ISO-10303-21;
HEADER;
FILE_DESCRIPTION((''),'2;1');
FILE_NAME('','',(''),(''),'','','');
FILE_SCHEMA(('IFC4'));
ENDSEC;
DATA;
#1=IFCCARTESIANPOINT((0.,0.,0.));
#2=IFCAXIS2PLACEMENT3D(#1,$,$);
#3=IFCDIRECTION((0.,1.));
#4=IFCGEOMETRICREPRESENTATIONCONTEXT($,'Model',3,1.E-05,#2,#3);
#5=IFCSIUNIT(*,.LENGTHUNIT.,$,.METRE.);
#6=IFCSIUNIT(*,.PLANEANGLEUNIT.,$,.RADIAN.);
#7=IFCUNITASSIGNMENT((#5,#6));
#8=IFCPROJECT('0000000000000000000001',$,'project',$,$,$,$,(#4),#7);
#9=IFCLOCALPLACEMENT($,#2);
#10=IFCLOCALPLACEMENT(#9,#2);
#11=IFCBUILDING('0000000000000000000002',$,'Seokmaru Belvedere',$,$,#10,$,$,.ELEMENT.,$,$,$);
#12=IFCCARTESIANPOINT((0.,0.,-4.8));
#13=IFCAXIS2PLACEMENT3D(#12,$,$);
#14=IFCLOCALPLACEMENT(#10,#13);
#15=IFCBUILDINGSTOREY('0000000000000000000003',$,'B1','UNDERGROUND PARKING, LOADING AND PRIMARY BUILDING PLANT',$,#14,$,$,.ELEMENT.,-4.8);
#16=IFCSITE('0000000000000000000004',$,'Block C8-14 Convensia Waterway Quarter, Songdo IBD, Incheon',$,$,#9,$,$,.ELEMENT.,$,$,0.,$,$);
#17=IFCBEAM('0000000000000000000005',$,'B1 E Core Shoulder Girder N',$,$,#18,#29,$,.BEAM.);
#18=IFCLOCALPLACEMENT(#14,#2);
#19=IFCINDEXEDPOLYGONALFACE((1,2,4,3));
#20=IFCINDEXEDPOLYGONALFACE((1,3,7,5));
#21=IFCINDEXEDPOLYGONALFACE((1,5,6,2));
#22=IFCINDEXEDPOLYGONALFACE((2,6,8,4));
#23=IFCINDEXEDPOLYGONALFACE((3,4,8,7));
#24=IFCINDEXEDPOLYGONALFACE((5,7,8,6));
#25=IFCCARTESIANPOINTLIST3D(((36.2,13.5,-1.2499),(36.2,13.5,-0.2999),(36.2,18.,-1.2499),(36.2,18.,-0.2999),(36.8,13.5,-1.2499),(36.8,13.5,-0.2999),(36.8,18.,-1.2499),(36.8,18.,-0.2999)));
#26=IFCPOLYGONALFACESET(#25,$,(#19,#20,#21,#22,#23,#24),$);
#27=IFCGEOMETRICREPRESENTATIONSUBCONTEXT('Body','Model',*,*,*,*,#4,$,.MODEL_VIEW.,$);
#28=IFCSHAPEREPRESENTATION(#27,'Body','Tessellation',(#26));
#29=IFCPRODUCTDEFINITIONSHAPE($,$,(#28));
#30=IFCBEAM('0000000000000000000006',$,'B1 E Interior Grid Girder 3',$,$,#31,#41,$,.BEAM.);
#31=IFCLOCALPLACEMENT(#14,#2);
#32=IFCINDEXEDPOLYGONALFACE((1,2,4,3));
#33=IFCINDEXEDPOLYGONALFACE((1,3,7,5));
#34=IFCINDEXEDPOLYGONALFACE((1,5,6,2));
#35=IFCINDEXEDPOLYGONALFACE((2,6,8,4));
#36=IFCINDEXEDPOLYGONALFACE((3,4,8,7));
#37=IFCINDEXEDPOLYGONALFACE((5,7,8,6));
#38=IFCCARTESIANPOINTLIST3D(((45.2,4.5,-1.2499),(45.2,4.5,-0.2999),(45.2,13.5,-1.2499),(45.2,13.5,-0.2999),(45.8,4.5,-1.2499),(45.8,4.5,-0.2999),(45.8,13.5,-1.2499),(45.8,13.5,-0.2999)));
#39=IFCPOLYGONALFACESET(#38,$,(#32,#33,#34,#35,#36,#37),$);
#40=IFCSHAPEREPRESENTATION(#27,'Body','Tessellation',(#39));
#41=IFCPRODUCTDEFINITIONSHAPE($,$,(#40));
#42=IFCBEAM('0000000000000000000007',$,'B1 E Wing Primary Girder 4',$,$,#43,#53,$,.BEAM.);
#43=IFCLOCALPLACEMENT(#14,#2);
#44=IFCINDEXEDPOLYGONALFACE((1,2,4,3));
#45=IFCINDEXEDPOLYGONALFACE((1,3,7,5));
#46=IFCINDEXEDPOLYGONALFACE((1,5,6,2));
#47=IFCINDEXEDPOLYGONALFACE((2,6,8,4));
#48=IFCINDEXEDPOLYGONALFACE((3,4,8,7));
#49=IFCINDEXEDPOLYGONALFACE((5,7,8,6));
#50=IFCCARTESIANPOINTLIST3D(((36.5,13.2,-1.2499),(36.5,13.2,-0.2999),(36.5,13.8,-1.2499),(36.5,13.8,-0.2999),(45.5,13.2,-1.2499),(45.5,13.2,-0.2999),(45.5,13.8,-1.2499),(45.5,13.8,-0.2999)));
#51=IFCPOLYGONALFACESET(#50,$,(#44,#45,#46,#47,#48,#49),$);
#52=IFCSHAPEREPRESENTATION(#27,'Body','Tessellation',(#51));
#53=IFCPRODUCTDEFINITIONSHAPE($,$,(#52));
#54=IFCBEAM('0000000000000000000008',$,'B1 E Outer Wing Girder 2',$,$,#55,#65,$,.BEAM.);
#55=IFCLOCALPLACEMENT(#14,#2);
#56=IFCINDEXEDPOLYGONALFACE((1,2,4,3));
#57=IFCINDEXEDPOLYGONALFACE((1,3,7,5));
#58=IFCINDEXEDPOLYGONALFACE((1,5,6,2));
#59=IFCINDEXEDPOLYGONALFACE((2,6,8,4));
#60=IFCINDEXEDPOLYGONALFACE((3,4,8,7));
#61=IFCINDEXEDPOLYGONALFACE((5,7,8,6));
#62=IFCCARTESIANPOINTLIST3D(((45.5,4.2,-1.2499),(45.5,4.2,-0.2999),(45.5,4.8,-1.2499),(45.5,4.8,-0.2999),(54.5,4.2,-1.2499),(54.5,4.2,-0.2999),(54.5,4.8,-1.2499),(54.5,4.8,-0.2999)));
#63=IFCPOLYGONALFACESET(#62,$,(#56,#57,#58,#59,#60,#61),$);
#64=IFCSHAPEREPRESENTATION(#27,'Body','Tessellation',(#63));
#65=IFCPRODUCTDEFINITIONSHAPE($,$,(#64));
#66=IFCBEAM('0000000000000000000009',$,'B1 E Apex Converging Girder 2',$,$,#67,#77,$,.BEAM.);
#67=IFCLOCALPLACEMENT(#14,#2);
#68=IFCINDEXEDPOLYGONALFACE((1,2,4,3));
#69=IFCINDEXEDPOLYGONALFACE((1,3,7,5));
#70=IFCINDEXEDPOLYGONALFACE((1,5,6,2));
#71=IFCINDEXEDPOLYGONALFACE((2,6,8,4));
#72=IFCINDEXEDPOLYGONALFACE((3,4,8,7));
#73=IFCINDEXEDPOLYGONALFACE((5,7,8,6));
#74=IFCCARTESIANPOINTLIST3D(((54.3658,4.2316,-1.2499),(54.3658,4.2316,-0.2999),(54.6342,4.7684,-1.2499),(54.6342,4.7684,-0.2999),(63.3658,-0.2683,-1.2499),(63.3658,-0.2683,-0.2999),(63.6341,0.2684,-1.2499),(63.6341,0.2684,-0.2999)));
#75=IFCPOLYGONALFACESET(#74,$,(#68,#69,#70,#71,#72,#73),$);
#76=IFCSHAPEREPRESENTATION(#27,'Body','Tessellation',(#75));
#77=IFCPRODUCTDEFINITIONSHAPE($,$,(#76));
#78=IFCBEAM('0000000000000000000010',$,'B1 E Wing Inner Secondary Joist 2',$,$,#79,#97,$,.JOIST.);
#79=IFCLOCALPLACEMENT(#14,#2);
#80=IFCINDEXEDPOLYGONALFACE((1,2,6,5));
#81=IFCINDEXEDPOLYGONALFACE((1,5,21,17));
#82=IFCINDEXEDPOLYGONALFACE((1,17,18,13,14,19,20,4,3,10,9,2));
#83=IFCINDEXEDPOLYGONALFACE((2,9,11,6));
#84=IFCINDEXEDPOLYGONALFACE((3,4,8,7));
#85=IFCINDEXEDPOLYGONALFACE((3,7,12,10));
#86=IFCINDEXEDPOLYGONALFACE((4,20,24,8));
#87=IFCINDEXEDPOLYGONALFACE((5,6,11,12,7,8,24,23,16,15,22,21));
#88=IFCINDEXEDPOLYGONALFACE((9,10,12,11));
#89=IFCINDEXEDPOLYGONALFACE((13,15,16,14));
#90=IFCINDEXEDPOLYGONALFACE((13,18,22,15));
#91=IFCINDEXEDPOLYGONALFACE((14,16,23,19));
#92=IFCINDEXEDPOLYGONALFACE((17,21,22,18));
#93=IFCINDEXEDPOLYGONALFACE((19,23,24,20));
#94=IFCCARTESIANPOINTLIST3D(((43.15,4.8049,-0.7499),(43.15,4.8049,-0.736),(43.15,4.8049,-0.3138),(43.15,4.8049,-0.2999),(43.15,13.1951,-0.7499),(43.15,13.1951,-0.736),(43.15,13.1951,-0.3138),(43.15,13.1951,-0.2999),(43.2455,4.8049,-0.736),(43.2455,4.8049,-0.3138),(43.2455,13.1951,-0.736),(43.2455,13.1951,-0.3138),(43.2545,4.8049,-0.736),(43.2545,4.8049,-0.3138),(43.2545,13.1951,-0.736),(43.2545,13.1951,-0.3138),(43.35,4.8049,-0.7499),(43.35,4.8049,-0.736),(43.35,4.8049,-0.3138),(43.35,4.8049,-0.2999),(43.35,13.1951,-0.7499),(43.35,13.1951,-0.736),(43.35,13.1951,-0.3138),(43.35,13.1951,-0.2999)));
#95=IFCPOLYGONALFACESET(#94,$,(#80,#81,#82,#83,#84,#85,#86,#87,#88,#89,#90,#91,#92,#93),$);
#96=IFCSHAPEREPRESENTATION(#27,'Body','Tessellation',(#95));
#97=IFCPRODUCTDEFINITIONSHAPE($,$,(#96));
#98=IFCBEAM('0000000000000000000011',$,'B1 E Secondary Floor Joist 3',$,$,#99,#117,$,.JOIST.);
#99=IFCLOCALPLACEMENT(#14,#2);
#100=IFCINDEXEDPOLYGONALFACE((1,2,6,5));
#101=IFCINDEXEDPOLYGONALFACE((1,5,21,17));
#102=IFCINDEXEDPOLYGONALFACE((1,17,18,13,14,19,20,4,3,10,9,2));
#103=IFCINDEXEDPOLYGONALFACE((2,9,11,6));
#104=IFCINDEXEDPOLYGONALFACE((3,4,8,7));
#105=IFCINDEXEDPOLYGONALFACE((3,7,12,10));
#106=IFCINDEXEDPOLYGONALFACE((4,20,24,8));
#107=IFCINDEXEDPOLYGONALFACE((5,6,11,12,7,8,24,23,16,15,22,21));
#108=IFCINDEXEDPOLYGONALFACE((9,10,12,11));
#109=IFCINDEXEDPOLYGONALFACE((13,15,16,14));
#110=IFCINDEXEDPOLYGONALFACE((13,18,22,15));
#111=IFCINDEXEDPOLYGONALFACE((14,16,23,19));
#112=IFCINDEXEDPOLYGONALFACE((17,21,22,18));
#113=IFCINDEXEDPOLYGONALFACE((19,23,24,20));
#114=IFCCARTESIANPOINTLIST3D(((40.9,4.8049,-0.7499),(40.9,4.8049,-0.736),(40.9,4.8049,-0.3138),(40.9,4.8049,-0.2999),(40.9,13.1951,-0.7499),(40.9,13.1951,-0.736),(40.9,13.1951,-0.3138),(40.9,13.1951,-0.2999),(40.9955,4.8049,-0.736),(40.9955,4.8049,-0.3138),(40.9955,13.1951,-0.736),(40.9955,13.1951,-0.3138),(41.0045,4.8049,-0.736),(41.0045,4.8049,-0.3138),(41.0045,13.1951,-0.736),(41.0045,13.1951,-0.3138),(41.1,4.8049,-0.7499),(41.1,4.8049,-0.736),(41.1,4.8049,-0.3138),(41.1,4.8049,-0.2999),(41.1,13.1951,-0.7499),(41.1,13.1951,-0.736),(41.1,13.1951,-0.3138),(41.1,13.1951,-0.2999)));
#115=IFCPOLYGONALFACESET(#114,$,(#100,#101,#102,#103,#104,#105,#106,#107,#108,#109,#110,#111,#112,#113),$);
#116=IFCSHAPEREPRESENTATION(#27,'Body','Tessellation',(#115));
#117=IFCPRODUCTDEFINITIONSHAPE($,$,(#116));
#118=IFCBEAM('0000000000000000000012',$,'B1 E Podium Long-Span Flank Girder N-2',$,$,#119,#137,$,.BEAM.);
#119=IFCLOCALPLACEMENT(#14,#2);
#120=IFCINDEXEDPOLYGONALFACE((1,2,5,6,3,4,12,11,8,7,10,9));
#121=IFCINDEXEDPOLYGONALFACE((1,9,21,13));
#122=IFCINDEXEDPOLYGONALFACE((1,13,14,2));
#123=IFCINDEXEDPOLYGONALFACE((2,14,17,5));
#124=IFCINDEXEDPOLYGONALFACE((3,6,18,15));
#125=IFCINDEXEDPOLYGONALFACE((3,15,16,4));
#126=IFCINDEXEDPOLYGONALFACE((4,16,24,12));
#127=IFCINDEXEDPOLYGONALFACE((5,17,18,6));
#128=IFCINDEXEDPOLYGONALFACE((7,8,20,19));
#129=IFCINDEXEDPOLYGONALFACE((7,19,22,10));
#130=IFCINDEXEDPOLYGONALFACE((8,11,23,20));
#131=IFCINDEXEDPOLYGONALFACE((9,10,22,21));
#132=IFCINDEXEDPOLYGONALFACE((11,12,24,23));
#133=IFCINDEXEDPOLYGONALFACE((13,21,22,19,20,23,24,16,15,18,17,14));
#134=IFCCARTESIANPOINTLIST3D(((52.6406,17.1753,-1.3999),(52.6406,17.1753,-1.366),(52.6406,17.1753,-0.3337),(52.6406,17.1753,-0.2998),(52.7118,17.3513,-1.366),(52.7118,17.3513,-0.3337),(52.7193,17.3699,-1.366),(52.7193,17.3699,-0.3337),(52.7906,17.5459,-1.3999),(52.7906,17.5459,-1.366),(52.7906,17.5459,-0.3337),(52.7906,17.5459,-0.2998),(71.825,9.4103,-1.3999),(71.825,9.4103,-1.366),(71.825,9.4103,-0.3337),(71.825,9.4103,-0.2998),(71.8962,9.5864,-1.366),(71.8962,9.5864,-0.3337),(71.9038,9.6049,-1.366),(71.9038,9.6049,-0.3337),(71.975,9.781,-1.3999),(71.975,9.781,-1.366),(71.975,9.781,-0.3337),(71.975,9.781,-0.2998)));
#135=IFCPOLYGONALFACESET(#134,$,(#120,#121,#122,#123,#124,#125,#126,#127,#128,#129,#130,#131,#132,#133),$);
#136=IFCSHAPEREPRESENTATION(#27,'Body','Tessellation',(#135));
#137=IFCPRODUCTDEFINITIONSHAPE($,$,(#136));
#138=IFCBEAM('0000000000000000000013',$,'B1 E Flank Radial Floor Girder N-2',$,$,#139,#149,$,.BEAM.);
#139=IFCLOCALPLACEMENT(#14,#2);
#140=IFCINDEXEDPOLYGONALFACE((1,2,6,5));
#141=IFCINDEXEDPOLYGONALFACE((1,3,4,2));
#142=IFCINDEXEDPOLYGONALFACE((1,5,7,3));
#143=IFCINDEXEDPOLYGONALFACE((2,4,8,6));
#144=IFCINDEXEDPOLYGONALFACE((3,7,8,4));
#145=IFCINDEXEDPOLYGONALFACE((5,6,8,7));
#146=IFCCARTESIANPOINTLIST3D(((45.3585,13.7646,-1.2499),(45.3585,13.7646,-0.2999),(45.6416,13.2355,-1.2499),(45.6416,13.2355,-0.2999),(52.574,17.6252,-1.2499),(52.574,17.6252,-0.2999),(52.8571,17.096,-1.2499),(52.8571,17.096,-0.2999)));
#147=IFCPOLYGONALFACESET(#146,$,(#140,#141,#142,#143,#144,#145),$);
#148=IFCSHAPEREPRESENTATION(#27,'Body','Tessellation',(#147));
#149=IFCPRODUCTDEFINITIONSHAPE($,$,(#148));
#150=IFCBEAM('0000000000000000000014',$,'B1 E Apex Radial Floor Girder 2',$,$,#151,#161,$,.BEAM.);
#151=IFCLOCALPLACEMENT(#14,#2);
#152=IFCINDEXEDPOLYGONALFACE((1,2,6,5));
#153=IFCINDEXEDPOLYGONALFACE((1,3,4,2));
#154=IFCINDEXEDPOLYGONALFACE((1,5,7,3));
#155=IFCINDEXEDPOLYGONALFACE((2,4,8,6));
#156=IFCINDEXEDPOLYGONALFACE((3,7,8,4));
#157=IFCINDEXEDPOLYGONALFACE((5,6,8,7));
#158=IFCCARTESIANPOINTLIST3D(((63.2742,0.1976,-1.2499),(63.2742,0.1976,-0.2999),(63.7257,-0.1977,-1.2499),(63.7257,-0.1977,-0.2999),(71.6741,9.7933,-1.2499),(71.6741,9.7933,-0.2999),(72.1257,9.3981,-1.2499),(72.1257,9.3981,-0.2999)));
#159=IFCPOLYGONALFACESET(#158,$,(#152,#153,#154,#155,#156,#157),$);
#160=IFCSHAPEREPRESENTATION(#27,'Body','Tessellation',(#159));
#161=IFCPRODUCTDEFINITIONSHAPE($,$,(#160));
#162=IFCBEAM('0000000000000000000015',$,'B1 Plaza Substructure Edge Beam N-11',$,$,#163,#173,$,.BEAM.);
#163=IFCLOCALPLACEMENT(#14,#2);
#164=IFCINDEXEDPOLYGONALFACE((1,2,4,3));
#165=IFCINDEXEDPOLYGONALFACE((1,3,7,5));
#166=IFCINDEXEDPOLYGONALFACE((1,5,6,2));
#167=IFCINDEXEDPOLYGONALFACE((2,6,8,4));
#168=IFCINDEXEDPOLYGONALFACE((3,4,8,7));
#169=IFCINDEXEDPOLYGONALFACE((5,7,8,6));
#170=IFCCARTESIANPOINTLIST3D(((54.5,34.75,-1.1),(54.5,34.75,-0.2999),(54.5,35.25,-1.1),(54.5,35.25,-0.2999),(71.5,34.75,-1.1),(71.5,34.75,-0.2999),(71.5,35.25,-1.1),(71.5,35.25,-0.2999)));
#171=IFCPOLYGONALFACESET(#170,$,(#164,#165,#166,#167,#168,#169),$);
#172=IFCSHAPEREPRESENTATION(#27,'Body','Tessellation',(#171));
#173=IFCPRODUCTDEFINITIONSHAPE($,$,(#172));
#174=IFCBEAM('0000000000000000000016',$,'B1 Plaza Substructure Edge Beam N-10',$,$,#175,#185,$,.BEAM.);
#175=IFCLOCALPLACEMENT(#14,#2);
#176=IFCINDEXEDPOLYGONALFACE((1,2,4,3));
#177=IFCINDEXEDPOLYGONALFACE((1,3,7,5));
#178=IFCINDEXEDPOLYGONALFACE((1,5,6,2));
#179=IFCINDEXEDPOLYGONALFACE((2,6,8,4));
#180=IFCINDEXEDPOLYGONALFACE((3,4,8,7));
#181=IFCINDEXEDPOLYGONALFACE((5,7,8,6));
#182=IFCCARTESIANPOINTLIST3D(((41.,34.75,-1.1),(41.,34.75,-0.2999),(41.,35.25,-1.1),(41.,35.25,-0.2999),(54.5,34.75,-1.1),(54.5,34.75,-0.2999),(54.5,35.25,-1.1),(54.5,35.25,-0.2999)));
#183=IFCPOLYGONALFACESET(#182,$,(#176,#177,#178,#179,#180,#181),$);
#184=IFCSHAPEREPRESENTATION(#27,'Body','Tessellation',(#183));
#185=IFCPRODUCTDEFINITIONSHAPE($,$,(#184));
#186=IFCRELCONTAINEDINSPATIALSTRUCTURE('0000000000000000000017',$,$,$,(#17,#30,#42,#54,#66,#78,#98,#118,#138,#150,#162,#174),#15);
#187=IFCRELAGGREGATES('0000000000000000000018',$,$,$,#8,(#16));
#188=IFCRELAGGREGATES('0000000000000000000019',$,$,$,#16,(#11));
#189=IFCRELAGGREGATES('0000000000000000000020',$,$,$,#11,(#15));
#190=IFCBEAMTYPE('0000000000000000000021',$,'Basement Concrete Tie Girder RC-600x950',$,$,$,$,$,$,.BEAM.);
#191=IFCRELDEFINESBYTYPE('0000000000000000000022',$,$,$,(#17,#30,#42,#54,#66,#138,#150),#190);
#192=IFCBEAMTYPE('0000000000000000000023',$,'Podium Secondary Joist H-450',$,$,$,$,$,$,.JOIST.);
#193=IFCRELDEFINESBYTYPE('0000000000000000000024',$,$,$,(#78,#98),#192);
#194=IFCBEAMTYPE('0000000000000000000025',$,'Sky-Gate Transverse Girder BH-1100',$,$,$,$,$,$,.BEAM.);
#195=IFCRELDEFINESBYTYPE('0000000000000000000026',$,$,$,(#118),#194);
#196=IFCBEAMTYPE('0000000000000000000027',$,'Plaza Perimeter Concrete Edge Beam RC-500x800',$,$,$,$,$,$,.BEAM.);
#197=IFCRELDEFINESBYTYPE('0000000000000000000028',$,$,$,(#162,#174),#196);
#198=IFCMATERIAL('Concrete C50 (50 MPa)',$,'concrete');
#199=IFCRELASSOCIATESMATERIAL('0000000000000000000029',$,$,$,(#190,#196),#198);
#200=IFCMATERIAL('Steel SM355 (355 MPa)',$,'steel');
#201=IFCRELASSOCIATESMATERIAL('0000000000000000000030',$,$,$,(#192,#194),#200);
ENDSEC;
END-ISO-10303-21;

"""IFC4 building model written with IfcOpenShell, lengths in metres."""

from ifc_helpers import new_model, si_unit, direction, frame, origin, origin_2d, place, context, subcontext, project, spatial, rectangle, i_section, extrude, source, transform, mapped, material, material_profile, profile_set, type_object, type_shapes, element, save


model = new_model("IFC4")

# Units and contexts
model_context = context("Model", 3, precision=1e-05, world=origin(), true_north=direction((0.0, 1.0)))
body_context = subcontext(model_context, "Body", "Model", "MODEL_VIEW")
ifc_project = project(units=[si_unit("LENGTHUNIT", "METRE"), si_unit("PLANEANGLEUNIT", "RADIAN")], contexts=[model_context])

# Site, building, storey
site_placement = place(None, origin())
site = spatial("IfcSite", under=ifc_project, at=site_placement, Name="Block C8-14 Convensia Waterway Quarter, Songdo IBD, Incheon", CompositionType="ELEMENT", RefElevation=0.0)
building_placement = place(site_placement, origin())
building = spatial("IfcBuilding", under=site, at=building_placement, Name="Seokmaru Belvedere", CompositionType="ELEMENT")
storey_placement = place(building_placement, frame((0.0, 0.0, -4.8)))
storey = spatial("IfcBuildingStorey", under=building, at=storey_placement, Name="B1", Description="UNDERGROUND PARKING, LOADING AND PRIMARY BUILDING PLANT", CompositionType="ELEMENT", Elevation=-4.8)

# Shared definitions
ifc_material_1 = material(Name="Steel SM355 (355 MPa)", Category="steel")
ifc_material_2 = material(Name="Concrete C50 (50 MPa)", Category="concrete")

# Beams
ifc_material_profile_1 = material_profile(ifc_material_2, rectangle(XDim=0.6001, YDim=0.95, at=origin_2d()), Name="RC-600x950")
ifc_profile_set_1 = profile_set([ifc_material_profile_1], Name="Concrete C50 (50 MPa)")
beam_type_1 = type_object("IfcBeamType", Name="Basement Concrete Tie Girder RC-600x950", PredefinedType="BEAM", material=ifc_profile_set_1)
shared_shape_1 = source(origin(), body_context, "Body", "SweptSolid", [
    extrude(rectangle(XDim=0.6001, YDim=0.95, at=origin_2d()), origin(), (0.0, 0.0, 1.0), 4.5),
])
beam_1_placement = place(storey_placement, frame((36.5, 13.5, -0.7749), z_axis=(0.0, 1.0, 0.0), x_axis=(-1.0, 0.0, 0.0)))
element("IfcBeam", 1, at=beam_1_placement, inside=storey, type_object=beam_type_1, Name="B1 E Core Shoulder Girder N", PredefinedType="BEAM", context=body_context, shape_type="MappedRepresentation", body=[
    mapped(shared_shape_1, transform((0.0, 0.0, 0.0), scale=1.0)),
])
shared_shape_2 = source(origin(), body_context, "Body", "SweptSolid", [
    extrude(rectangle(XDim=0.6001, YDim=0.95, at=origin_2d()), origin(), (0.0, 0.0, 1.0), 9.0),
])
for number, where, z_axis, x_axis, name in (
    (2, (45.5, 4.5, -0.7749), (0.0, 1.0, 0.0), (-1.0, 0.0, 0.0), "B1 E Interior Grid Girder 3"),
    (3, (36.5, 13.5, -0.7749), (1.0, 0.0, 0.0), (0.0, 1.0, 0.0), "B1 E Wing Primary Girder 4"),
    (4, (45.5, 4.5, -0.7749), (1.0, 0.0, 0.0), (0.0, 1.0, 0.0), "B1 E Outer Wing Girder 2"),
):
    element("IfcBeam", number, at=place(storey_placement, frame(where, z_axis=z_axis, x_axis=x_axis)), inside=storey, type_object=beam_type_1, Name=name, PredefinedType="BEAM", context=body_context, shape_type="MappedRepresentation", body=[
        mapped(shared_shape_2, transform((0.0, 0.0, 0.0), scale=1.0)),
    ])
shared_shape_3 = source(origin(), body_context, "Body", "SweptSolid", [
    extrude(rectangle(XDim=0.6001, YDim=0.95, at=origin_2d()), origin(), (0.0, 0.0, 1.0), 10.0623),
])
beam_2_placement = place(storey_placement, frame((54.5, 4.5, -0.7749), z_axis=(0.894427, -0.447214, 0.0), x_axis=(0.447214, 0.894427, 0.0)))
element("IfcBeam", 5, at=beam_2_placement, inside=storey, type_object=beam_type_1, Name="B1 E Apex Converging Girder 2", PredefinedType="BEAM", context=body_context, shape_type="MappedRepresentation", body=[
    mapped(shared_shape_3, transform((0.0, 0.0, 0.0), scale=1.0)),
])
ifc_material_profile_2 = material_profile(ifc_material_1, i_section(OverallWidth=0.2, OverallDepth=0.45, WebThickness=0.009, FlangeThickness=0.0139, at=origin_2d()), Name="H-450x200x9x14")
ifc_profile_set_2 = profile_set([ifc_material_profile_2], Name="Steel SM355 (355 MPa)")
beam_type_2 = type_object("IfcBeamType", Name="Podium Secondary Joist H-450", PredefinedType="JOIST", material=ifc_profile_set_2)
shared_shape_4 = source(origin(), body_context, "Body", "SweptSolid", [
    extrude(i_section(OverallWidth=0.2, OverallDepth=0.45, WebThickness=0.009, FlangeThickness=0.0139, at=origin_2d()), origin(), (0.0, 0.0, 1.0), 8.3901),
])
type_shapes(beam_type_2, [shared_shape_4])
for number, where, z_axis, x_axis, name in (
    (6, (43.25, 4.8049, -0.5249), (0.0, 1.0, 0.0), (-1.0, 0.0, 0.0), "B1 E Wing Inner Secondary Joist 2"),
    (7, (41.0, 4.8049, -0.5249), (0.0, 1.0, 0.0), (-1.0, 0.0, 0.0), "B1 E Secondary Floor Joist 3"),
):
    element("IfcBeam", number, at=place(storey_placement, frame(where, z_axis=z_axis, x_axis=x_axis)), inside=storey, type_object=beam_type_2, Name=name, PredefinedType="JOIST", context=body_context, shape_type="MappedRepresentation", body=[
        mapped(shared_shape_4, transform((0.0, 0.0, 0.0), scale=1.0)),
    ])
ifc_material_profile_3 = material_profile(ifc_material_1, i_section(OverallWidth=0.3999, OverallDepth=1.1001, WebThickness=0.02, FlangeThickness=0.0339, at=origin_2d()), Name="BH-1100x400x20x34")
ifc_profile_set_3 = profile_set([ifc_material_profile_3], Name="Steel SM355 (355 MPa)")
beam_type_3 = type_object("IfcBeamType", Name="Sky-Gate Transverse Girder BH-1100", PredefinedType="BEAM", material=ifc_profile_set_3)
shared_shape_5 = source(origin(), body_context, "Body", "SweptSolid", [
    extrude(i_section(OverallWidth=0.3999, OverallDepth=1.1001, WebThickness=0.02, FlangeThickness=0.0339, at=origin_2d()), origin(), (0.0, 0.0, 1.0), 20.6963),
])
type_shapes(beam_type_3, [shared_shape_5])
beam_3_placement = place(storey_placement, frame((52.7156, 17.3606, -0.8499), z_axis=(0.92695, -0.375185, 0.0), x_axis=(0.375185, 0.92695, 0.0)))
element("IfcBeam", 8, at=beam_3_placement, inside=storey, type_object=beam_type_3, Name="B1 E Podium Long-Span Flank Girder N-2", PredefinedType="BEAM", context=body_context, shape_type="MappedRepresentation", body=[
    mapped(shared_shape_5, transform((0.0, 0.0, 0.0), scale=1.0)),
])
shared_shape_6 = source(origin(), body_context, "Body", "SweptSolid", [
    extrude(rectangle(XDim=0.6001, YDim=0.95, at=origin_2d()), origin(), (0.0, 0.0, 1.0), 8.1833),
])
beam_4_placement = place(storey_placement, frame((52.7156, 17.3606, -0.7749), z_axis=(-0.881729, -0.471757, 0.0), x_axis=(0.471757, -0.881729, 0.0)))
element("IfcBeam", 9, at=beam_4_placement, inside=storey, type_object=beam_type_1, Name="B1 E Flank Radial Floor Girder N-2", PredefinedType="BEAM", context=body_context, shape_type="MappedRepresentation", body=[
    mapped(shared_shape_6, transform((0.0, 0.0, 0.0), scale=1.0)),
])
shared_shape_7 = source(origin(), body_context, "Body", "SweptSolid", [
    extrude(rectangle(XDim=0.6001, YDim=0.95, at=origin_2d()), origin(), (0.0, 0.0, 1.0), 12.7529),
])
type_shapes(beam_type_1, [shared_shape_1, shared_shape_2, shared_shape_3, shared_shape_6, shared_shape_7])
beam_5_placement = place(storey_placement, frame((71.8999, 9.5957, -0.7749), z_axis=(-0.658667, -0.752434, 0.0), x_axis=(0.752434, -0.658667, 0.0)))
element("IfcBeam", 10, at=beam_5_placement, inside=storey, type_object=beam_type_1, Name="B1 E Apex Radial Floor Girder 2", PredefinedType="BEAM", context=body_context, shape_type="MappedRepresentation", body=[
    mapped(shared_shape_7, transform((0.0, 0.0, 0.0), scale=1.0)),
])
ifc_material_profile_4 = material_profile(ifc_material_2, rectangle(XDim=0.5, YDim=0.8, at=origin_2d()), Name="RC-500x800")
ifc_profile_set_4 = profile_set([ifc_material_profile_4], Name="Concrete C50 (50 MPa)")
beam_type_4 = type_object("IfcBeamType", Name="Plaza Perimeter Concrete Edge Beam RC-500x800", PredefinedType="BEAM", material=ifc_profile_set_4)
shared_shape_8 = source(origin(), body_context, "Body", "SweptSolid", [
    extrude(rectangle(XDim=0.5, YDim=0.8, at=origin_2d()), origin(), (0.0, 0.0, 1.0), 17.0),
])
beam_6_placement = place(storey_placement, frame((54.5, 35.0, -0.7), z_axis=(1.0, 0.0, 0.0), x_axis=(0.0, 1.0, 0.0)))
element("IfcBeam", 11, at=beam_6_placement, inside=storey, type_object=beam_type_4, Name="B1 Plaza Substructure Edge Beam N-11", PredefinedType="BEAM", context=body_context, shape_type="MappedRepresentation", body=[
    mapped(shared_shape_8, transform((0.0, 0.0, 0.0), scale=1.0)),
])
shared_shape_9 = source(origin(), body_context, "Body", "SweptSolid", [
    extrude(rectangle(XDim=0.5, YDim=0.8, at=origin_2d()), origin(), (0.0, 0.0, 1.0), 13.5),
])
type_shapes(beam_type_4, [shared_shape_8, shared_shape_9])
beam_7_placement = place(storey_placement, frame((41.0, 35.0, -0.7), z_axis=(1.0, 0.0, 0.0), x_axis=(0.0, 1.0, 0.0)))
element("IfcBeam", 12, at=beam_7_placement, inside=storey, type_object=beam_type_4, Name="B1 Plaza Substructure Edge Beam N-10", PredefinedType="BEAM", context=body_context, shape_type="MappedRepresentation", body=[
    mapped(shared_shape_9, transform((0.0, 0.0, 0.0), scale=1.0)),
])

save(model, "model.ifc")
